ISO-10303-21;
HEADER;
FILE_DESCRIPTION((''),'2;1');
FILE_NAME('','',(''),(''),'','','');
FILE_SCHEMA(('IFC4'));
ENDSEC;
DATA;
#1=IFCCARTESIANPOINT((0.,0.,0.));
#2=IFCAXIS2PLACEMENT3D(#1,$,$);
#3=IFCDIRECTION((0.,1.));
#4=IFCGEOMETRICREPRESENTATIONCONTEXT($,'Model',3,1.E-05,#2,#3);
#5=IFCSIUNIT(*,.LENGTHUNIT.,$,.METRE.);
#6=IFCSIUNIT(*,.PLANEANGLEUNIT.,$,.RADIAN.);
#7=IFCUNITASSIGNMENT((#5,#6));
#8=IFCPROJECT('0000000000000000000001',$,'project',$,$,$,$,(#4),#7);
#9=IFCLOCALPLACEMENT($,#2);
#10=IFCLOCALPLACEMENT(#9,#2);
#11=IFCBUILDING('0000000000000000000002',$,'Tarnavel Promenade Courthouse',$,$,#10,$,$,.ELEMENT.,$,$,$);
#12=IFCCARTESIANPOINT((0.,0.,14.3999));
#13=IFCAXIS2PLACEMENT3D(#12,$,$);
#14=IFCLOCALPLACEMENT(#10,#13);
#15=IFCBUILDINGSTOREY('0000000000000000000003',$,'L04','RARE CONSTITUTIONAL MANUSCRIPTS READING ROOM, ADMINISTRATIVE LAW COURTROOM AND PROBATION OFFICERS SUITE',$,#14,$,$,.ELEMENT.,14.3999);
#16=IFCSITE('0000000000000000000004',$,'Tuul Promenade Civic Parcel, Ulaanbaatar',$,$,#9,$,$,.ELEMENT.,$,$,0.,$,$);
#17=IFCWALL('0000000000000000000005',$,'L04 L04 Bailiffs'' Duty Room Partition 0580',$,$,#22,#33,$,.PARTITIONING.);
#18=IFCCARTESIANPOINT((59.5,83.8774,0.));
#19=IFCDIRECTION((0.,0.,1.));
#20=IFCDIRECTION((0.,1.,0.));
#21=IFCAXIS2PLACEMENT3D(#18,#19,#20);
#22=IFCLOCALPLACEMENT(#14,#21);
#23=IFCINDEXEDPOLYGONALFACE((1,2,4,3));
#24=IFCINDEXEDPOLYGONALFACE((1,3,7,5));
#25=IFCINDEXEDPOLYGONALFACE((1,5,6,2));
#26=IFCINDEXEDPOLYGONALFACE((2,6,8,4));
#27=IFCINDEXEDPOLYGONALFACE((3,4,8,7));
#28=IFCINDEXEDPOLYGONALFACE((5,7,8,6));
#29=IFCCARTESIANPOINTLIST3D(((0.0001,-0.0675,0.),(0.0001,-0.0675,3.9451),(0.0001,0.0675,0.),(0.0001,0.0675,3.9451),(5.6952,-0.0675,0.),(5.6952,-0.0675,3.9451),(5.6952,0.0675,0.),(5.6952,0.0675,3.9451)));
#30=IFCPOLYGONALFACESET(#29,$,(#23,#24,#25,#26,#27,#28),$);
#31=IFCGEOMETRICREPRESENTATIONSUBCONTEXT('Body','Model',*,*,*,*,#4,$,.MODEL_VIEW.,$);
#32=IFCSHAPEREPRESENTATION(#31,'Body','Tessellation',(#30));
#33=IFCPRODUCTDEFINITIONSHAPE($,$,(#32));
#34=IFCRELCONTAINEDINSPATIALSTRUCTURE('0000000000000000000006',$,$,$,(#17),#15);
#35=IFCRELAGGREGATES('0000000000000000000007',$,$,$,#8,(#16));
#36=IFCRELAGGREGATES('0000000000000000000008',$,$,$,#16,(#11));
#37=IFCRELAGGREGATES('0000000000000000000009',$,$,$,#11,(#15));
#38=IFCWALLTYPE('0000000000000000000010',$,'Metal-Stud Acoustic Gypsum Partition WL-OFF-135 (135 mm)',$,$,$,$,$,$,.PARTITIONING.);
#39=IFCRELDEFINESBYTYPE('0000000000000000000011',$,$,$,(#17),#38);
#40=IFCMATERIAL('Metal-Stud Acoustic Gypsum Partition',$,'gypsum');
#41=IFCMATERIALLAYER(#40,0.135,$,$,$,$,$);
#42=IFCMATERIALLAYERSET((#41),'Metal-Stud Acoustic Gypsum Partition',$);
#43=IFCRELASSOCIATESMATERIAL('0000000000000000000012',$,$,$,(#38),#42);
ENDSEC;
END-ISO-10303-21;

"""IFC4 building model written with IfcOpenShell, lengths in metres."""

from ifc_helpers import new_model, si_unit, direction, frame, frame_2d, origin, place, context, subcontext, project, spatial, rectangle, extrude, material, layer, layer_set, type_object, element, save


model = new_model("IFC4")

# Units and contexts
model_context = context("Model", 3, precision=1e-05, world=origin(), true_north=direction((0.0, 1.0)))
body_context = subcontext(model_context, "Body", "Model", "MODEL_VIEW")
ifc_project = project(units=[si_unit("LENGTHUNIT", "METRE"), si_unit("PLANEANGLEUNIT", "RADIAN")], contexts=[model_context])

# Site, building, storey
site_placement = place(None, origin())
site = spatial("IfcSite", under=ifc_project, at=site_placement, Name="Tuul Promenade Civic Parcel, Ulaanbaatar", CompositionType="ELEMENT", RefElevation=0.0)
building_placement = place(site_placement, origin())
building = spatial("IfcBuilding", under=site, at=building_placement, Name="Tarnavel Promenade Courthouse", CompositionType="ELEMENT")
storey_placement = place(building_placement, frame((0.0, 0.0, 14.3999)))
storey = spatial("IfcBuildingStorey", under=building, at=storey_placement, Name="L04", Description="RARE CONSTITUTIONAL MANUSCRIPTS READING ROOM, ADMINISTRATIVE LAW COURTROOM AND PROBATION OFFICERS SUITE", CompositionType="ELEMENT", Elevation=14.3999)

# Wall
ifc_material_1 = material(Name="Metal-Stud Acoustic Gypsum Partition", Category="gypsum")
ifc_layer_1 = layer(ifc_material_1, 0.135)
ifc_layer_set_1 = layer_set([ifc_layer_1], Name="Metal-Stud Acoustic Gypsum Partition")
wall_type_1 = type_object("IfcWallType", Name="Metal-Stud Acoustic Gypsum Partition WL-OFF-135 (135 mm)", PredefinedType="PARTITIONING", material=ifc_layer_set_1)
wall_1_placement = place(storey_placement, frame((59.5, 83.8774, 0.0), z_axis=(0.0, 0.0, 1.0), x_axis=(0.0, 1.0, 0.0)))
element("IfcWall", 1, at=wall_1_placement, inside=storey, type_object=wall_type_1, Name="L04 L04 Bailiffs' Duty Room Partition 0580", PredefinedType="PARTITIONING", context=body_context, shape_type="SweptSolid", body=[
    extrude(rectangle(XDim=5.6951, YDim=0.135, at=frame_2d((2.8477, 0.0))), origin(), (0.0, 0.0, 1.0), 3.9451),
])

save(model, "model.ifc")
